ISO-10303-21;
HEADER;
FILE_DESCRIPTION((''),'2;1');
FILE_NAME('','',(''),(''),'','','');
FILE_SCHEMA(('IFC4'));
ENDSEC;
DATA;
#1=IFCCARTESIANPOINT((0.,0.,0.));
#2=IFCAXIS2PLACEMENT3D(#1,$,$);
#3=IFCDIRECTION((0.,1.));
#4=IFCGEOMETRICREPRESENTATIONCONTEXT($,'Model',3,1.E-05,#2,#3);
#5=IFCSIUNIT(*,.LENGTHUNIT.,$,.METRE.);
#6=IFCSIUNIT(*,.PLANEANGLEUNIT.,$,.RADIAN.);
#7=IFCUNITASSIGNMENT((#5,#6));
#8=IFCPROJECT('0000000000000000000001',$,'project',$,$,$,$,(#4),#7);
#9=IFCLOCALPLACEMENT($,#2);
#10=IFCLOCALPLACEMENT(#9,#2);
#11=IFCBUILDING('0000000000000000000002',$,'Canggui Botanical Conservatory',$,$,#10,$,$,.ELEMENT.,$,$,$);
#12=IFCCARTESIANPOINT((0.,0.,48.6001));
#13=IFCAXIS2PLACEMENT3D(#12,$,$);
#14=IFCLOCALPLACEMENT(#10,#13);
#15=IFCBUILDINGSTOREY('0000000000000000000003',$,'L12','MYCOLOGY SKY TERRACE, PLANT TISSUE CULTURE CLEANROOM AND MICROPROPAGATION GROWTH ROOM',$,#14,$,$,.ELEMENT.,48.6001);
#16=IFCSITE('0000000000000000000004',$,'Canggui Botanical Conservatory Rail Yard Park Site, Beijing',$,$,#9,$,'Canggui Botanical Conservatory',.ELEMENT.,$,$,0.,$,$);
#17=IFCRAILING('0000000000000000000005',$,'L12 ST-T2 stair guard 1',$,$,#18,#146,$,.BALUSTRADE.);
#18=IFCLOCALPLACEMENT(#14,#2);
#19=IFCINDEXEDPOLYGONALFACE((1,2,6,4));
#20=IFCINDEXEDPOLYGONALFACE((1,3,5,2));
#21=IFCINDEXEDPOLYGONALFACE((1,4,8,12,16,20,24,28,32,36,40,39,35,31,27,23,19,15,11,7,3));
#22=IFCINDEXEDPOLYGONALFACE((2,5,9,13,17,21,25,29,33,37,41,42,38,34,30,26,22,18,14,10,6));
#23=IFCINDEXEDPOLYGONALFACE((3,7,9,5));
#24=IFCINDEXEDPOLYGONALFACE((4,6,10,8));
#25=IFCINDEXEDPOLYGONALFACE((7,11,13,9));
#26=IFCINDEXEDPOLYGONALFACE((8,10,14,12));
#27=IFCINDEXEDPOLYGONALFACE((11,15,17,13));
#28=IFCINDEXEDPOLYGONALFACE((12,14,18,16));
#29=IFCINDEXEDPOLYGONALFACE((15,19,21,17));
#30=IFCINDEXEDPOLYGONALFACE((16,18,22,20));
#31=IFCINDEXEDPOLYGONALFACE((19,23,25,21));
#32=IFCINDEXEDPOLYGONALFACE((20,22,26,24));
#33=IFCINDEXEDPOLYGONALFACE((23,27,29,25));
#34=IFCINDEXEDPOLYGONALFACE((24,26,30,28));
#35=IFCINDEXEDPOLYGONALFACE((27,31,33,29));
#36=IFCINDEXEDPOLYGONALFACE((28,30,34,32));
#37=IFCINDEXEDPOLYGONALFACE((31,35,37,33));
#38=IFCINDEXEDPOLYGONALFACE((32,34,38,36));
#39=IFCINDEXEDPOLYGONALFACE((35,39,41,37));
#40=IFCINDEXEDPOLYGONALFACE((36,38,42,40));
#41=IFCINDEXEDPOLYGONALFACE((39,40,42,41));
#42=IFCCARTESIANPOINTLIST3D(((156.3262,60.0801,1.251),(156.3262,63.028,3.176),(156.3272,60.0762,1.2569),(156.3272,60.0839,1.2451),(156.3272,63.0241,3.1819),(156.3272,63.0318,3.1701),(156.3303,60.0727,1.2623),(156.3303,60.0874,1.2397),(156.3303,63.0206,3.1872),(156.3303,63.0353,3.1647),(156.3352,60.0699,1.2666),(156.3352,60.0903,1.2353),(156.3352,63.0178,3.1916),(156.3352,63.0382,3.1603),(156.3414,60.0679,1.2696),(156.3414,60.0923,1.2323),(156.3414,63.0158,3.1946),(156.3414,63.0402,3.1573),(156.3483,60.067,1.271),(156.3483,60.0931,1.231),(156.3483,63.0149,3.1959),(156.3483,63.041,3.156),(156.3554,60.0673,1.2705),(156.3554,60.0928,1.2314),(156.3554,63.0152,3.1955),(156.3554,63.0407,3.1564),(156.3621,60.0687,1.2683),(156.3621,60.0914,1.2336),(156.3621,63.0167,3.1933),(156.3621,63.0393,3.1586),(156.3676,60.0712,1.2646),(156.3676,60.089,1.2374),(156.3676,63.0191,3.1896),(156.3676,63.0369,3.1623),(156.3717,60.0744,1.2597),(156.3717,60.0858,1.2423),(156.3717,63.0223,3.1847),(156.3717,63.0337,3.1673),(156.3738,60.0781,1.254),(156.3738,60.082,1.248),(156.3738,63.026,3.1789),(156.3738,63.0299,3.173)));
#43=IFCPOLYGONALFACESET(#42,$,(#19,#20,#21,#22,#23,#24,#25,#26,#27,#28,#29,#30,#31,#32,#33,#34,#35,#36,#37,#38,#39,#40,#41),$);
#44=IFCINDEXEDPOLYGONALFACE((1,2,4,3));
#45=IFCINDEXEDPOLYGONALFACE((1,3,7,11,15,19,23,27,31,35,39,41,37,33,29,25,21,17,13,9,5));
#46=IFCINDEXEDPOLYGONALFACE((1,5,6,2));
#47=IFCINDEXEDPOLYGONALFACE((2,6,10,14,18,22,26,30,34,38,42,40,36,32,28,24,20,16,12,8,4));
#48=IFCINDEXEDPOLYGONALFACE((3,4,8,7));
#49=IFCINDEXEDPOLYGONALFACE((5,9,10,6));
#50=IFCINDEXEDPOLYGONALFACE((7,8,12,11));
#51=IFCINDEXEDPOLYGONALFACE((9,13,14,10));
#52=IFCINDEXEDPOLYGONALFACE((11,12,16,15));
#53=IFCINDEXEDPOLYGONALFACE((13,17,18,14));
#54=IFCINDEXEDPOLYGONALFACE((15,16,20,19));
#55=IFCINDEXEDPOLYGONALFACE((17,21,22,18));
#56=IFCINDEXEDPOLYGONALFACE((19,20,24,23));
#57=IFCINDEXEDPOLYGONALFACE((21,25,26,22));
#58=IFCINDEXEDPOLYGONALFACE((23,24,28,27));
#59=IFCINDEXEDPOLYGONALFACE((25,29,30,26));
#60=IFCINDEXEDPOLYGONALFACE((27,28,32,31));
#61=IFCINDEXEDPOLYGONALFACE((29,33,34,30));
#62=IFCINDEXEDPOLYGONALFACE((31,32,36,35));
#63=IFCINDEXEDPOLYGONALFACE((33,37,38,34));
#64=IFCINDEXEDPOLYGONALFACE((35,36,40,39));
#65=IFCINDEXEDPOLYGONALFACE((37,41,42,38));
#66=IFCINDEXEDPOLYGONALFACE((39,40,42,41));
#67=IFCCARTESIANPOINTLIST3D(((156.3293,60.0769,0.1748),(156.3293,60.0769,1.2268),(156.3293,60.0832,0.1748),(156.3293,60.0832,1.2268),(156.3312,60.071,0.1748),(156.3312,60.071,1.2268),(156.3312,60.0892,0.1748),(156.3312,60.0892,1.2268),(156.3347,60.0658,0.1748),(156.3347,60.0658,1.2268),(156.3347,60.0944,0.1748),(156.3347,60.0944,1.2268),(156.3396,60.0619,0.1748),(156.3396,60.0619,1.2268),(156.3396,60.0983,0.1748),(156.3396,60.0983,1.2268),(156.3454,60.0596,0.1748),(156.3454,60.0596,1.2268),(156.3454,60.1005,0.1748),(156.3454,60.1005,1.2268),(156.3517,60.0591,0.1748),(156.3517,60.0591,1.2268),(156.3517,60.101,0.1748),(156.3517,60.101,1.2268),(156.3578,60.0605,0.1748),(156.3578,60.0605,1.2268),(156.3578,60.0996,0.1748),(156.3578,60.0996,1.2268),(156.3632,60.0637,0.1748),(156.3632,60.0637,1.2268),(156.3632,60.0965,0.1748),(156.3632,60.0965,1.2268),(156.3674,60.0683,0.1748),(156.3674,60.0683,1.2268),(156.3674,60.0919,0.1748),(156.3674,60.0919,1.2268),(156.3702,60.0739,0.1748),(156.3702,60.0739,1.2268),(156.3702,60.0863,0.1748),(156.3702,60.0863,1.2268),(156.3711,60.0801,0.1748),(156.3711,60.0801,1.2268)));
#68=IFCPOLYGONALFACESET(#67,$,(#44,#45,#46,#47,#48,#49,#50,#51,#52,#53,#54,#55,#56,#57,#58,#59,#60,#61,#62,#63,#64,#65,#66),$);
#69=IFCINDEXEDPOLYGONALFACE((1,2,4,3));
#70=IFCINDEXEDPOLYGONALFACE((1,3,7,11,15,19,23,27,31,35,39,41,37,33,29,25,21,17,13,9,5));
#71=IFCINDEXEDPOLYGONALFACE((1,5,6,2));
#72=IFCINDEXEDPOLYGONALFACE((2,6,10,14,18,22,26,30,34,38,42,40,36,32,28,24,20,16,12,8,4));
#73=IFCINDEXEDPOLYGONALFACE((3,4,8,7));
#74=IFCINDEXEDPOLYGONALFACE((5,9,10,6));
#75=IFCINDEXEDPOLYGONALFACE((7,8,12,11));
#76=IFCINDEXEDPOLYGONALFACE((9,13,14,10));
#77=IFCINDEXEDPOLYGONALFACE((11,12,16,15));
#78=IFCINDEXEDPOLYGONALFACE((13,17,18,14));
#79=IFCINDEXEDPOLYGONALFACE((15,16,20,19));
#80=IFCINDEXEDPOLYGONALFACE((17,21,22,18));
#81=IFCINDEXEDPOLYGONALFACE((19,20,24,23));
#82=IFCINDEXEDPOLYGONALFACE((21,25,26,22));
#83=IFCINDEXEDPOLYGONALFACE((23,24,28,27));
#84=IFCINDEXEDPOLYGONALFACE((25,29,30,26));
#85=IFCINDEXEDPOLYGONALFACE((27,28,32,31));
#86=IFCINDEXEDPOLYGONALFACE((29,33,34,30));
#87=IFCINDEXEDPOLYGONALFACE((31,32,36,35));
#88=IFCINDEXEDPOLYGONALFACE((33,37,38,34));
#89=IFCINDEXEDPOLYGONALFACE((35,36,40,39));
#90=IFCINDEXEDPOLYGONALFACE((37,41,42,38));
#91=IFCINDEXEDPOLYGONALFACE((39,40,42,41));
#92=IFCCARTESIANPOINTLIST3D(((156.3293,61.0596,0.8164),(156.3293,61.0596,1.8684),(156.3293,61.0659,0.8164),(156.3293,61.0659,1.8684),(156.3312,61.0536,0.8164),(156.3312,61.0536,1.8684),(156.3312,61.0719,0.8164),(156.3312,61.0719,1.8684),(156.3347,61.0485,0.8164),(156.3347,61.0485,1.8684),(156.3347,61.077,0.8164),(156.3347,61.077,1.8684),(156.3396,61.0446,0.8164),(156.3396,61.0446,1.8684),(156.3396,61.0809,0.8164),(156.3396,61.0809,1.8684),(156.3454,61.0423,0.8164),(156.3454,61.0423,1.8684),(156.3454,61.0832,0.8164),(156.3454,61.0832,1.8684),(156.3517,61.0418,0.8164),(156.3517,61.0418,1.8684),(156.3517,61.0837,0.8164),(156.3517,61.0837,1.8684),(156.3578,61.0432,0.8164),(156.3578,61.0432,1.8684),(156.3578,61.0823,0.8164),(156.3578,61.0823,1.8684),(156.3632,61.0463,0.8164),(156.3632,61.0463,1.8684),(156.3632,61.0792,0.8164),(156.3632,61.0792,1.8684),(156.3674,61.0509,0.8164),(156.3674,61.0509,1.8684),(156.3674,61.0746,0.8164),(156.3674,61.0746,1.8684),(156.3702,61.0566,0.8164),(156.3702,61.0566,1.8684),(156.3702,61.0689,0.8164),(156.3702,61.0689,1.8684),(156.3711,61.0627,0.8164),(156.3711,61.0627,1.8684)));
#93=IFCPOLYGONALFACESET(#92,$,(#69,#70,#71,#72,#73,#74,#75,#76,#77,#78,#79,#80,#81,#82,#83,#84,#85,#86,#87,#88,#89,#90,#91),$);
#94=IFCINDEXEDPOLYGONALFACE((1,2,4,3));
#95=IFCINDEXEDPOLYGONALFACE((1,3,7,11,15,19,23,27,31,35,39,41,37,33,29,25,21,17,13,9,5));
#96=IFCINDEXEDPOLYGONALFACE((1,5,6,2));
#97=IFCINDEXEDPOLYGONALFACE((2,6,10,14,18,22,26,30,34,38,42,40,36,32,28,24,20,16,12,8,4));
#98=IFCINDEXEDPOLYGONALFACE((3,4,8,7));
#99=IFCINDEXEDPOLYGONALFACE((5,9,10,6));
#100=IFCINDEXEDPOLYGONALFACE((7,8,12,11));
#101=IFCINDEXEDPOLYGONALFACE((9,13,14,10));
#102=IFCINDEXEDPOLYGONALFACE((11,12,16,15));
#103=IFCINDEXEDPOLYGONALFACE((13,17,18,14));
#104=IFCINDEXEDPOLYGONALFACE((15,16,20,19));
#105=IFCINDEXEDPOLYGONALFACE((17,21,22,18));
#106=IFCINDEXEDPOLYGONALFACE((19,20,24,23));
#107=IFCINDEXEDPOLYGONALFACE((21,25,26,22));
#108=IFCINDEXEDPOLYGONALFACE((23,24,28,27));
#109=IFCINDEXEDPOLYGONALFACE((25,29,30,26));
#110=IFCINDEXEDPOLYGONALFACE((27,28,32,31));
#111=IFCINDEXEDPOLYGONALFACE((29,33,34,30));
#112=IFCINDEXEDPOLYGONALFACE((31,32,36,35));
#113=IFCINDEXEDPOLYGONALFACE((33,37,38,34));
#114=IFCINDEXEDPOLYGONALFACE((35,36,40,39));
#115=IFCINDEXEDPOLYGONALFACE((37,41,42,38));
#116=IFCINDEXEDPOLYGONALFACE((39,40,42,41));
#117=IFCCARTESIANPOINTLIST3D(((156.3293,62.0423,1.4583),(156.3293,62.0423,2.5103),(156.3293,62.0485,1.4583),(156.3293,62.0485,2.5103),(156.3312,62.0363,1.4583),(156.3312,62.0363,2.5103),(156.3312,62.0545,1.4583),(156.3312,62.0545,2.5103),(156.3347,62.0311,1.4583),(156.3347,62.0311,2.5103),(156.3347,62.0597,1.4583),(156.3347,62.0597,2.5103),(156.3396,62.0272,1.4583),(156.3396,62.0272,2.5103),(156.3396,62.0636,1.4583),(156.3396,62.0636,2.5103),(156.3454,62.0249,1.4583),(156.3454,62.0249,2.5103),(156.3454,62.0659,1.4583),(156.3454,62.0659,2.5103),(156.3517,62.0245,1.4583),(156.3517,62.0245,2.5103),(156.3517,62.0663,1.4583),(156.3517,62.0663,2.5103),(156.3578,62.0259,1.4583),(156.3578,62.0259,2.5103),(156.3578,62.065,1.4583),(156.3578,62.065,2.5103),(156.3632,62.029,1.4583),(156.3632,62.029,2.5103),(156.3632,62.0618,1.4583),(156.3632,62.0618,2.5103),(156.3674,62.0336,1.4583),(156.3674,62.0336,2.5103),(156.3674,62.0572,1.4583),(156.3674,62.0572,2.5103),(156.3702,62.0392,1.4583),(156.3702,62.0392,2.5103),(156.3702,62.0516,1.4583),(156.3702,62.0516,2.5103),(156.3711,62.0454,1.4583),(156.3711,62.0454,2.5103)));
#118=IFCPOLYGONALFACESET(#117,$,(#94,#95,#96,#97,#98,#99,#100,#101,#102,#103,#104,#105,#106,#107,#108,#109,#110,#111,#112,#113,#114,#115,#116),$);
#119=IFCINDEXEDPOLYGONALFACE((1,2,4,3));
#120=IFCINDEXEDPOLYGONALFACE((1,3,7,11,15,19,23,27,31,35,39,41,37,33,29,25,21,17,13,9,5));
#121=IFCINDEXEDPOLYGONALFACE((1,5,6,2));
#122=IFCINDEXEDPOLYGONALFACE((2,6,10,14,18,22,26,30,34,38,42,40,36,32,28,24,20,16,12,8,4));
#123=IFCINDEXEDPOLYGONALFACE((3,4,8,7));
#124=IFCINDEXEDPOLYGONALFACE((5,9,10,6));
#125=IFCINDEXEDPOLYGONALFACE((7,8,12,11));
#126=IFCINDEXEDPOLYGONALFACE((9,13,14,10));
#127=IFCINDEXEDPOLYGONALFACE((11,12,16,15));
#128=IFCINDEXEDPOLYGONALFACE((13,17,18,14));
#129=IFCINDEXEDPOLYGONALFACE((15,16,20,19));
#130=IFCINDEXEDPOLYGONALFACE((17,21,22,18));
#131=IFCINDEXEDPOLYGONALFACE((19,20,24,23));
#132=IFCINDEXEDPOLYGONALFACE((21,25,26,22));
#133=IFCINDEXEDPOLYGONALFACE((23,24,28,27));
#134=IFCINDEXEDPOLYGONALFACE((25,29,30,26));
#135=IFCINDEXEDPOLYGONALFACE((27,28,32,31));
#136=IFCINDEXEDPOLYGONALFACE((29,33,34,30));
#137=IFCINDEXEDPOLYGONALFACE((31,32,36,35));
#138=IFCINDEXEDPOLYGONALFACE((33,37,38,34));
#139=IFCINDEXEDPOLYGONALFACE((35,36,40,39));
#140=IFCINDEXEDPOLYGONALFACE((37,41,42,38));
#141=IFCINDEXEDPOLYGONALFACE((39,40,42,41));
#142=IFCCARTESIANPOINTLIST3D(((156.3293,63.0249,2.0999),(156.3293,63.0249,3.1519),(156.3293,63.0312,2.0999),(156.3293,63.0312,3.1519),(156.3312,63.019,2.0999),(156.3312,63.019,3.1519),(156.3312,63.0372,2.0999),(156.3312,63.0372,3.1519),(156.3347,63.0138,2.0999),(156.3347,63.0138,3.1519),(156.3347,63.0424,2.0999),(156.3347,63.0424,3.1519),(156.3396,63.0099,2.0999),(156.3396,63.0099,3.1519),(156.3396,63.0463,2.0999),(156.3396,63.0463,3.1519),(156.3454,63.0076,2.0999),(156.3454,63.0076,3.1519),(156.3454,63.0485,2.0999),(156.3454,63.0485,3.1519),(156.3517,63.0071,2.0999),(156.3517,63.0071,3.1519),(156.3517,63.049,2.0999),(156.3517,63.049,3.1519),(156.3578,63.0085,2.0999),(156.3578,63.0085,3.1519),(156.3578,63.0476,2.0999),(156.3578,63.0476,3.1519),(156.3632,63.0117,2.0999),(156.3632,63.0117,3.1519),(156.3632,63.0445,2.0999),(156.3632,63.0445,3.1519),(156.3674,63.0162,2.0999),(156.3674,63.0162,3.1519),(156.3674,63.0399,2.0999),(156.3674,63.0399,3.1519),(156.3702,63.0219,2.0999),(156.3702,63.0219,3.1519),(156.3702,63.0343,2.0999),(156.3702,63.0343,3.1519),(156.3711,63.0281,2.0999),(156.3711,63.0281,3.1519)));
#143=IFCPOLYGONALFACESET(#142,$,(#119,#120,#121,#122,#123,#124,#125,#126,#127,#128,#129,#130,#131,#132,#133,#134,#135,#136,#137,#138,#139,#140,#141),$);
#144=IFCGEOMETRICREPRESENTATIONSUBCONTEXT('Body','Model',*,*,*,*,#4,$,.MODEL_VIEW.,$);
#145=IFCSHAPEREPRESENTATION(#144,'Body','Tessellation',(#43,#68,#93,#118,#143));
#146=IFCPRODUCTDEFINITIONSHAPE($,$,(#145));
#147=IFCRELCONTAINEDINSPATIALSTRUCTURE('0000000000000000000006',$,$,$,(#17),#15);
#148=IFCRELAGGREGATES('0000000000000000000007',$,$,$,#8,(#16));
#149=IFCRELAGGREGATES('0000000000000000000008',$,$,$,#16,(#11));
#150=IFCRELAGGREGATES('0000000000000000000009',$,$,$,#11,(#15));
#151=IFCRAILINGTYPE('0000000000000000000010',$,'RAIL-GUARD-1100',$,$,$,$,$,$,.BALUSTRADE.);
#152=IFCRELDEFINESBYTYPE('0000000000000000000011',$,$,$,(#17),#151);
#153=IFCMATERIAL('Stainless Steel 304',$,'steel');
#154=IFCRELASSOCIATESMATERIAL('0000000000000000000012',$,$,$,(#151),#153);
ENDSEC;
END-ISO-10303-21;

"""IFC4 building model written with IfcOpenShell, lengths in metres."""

from ifc_helpers import new_model, si_unit, direction, frame, origin, origin_2d, place, context, subcontext, project, spatial, circle, extrude, material, type_object, element, save


model = new_model("IFC4")

# Units and contexts
model_context = context("Model", 3, precision=1e-05, world=origin(), true_north=direction((0.0, 1.0)))
body_context = subcontext(model_context, "Body", "Model", "MODEL_VIEW")
ifc_project = project(units=[si_unit("LENGTHUNIT", "METRE"), si_unit("PLANEANGLEUNIT", "RADIAN")], contexts=[model_context])

# Site, building, storey
site_placement = place(None, origin())
site = spatial("IfcSite", under=ifc_project, at=site_placement, Name="Canggui Botanical Conservatory Rail Yard Park Site, Beijing", LongName="Canggui Botanical Conservatory", CompositionType="ELEMENT", RefElevation=0.0)
building_placement = place(site_placement, origin())
building = spatial("IfcBuilding", under=site, at=building_placement, Name="Canggui Botanical Conservatory", CompositionType="ELEMENT")
storey_placement = place(building_placement, frame((0.0, 0.0, 48.6001)))
storey = spatial("IfcBuildingStorey", under=building, at=storey_placement, Name="L12", Description="MYCOLOGY SKY TERRACE, PLANT TISSUE CULTURE CLEANROOM AND MICROPROPAGATION GROWTH ROOM", CompositionType="ELEMENT", Elevation=48.6001)

# Railing
ifc_material_1 = material(Name="Stainless Steel 304", Category="steel")
railing_type_1 = type_object("IfcRailingType", Name="RAIL-GUARD-1100", PredefinedType="BALUSTRADE", material=ifc_material_1)
railing_1_placement = place(storey_placement, frame((156.3501, 60.0801, 0.1748)))
element("IfcRailing", 1, at=railing_1_placement, inside=storey, type_object=railing_type_1, Name="L12 ST-T2 stair guard 1", PredefinedType="BALUSTRADE", context=body_context, shape_type="SweptSolid", body=[
    extrude(circle(Radius=0.0239, at=origin_2d()), frame((0.0, 0.0, 1.0762), z_axis=(0.0, 0.837293, 0.546754), x_axis=(-1.0, 0.0, 0.0)), (0.0, 0.0, 1.0), 3.5208),
    extrude(circle(Radius=0.021, at=origin_2d()), origin(), (0.0, 0.0, 1.0), 1.052),
    extrude(circle(Radius=0.021, at=origin_2d()), frame((0.0, 0.9827, 0.6416)), (0.0, 0.0, 1.0), 1.052),
    extrude(circle(Radius=0.021, at=origin_2d()), frame((0.0, 1.9653, 1.2834)), (0.0, 0.0, 1.0), 1.052),
    extrude(circle(Radius=0.021, at=origin_2d()), frame((0.0, 2.948, 1.925)), (0.0, 0.0, 1.0), 1.052),
])

save(model, "model.ifc")
